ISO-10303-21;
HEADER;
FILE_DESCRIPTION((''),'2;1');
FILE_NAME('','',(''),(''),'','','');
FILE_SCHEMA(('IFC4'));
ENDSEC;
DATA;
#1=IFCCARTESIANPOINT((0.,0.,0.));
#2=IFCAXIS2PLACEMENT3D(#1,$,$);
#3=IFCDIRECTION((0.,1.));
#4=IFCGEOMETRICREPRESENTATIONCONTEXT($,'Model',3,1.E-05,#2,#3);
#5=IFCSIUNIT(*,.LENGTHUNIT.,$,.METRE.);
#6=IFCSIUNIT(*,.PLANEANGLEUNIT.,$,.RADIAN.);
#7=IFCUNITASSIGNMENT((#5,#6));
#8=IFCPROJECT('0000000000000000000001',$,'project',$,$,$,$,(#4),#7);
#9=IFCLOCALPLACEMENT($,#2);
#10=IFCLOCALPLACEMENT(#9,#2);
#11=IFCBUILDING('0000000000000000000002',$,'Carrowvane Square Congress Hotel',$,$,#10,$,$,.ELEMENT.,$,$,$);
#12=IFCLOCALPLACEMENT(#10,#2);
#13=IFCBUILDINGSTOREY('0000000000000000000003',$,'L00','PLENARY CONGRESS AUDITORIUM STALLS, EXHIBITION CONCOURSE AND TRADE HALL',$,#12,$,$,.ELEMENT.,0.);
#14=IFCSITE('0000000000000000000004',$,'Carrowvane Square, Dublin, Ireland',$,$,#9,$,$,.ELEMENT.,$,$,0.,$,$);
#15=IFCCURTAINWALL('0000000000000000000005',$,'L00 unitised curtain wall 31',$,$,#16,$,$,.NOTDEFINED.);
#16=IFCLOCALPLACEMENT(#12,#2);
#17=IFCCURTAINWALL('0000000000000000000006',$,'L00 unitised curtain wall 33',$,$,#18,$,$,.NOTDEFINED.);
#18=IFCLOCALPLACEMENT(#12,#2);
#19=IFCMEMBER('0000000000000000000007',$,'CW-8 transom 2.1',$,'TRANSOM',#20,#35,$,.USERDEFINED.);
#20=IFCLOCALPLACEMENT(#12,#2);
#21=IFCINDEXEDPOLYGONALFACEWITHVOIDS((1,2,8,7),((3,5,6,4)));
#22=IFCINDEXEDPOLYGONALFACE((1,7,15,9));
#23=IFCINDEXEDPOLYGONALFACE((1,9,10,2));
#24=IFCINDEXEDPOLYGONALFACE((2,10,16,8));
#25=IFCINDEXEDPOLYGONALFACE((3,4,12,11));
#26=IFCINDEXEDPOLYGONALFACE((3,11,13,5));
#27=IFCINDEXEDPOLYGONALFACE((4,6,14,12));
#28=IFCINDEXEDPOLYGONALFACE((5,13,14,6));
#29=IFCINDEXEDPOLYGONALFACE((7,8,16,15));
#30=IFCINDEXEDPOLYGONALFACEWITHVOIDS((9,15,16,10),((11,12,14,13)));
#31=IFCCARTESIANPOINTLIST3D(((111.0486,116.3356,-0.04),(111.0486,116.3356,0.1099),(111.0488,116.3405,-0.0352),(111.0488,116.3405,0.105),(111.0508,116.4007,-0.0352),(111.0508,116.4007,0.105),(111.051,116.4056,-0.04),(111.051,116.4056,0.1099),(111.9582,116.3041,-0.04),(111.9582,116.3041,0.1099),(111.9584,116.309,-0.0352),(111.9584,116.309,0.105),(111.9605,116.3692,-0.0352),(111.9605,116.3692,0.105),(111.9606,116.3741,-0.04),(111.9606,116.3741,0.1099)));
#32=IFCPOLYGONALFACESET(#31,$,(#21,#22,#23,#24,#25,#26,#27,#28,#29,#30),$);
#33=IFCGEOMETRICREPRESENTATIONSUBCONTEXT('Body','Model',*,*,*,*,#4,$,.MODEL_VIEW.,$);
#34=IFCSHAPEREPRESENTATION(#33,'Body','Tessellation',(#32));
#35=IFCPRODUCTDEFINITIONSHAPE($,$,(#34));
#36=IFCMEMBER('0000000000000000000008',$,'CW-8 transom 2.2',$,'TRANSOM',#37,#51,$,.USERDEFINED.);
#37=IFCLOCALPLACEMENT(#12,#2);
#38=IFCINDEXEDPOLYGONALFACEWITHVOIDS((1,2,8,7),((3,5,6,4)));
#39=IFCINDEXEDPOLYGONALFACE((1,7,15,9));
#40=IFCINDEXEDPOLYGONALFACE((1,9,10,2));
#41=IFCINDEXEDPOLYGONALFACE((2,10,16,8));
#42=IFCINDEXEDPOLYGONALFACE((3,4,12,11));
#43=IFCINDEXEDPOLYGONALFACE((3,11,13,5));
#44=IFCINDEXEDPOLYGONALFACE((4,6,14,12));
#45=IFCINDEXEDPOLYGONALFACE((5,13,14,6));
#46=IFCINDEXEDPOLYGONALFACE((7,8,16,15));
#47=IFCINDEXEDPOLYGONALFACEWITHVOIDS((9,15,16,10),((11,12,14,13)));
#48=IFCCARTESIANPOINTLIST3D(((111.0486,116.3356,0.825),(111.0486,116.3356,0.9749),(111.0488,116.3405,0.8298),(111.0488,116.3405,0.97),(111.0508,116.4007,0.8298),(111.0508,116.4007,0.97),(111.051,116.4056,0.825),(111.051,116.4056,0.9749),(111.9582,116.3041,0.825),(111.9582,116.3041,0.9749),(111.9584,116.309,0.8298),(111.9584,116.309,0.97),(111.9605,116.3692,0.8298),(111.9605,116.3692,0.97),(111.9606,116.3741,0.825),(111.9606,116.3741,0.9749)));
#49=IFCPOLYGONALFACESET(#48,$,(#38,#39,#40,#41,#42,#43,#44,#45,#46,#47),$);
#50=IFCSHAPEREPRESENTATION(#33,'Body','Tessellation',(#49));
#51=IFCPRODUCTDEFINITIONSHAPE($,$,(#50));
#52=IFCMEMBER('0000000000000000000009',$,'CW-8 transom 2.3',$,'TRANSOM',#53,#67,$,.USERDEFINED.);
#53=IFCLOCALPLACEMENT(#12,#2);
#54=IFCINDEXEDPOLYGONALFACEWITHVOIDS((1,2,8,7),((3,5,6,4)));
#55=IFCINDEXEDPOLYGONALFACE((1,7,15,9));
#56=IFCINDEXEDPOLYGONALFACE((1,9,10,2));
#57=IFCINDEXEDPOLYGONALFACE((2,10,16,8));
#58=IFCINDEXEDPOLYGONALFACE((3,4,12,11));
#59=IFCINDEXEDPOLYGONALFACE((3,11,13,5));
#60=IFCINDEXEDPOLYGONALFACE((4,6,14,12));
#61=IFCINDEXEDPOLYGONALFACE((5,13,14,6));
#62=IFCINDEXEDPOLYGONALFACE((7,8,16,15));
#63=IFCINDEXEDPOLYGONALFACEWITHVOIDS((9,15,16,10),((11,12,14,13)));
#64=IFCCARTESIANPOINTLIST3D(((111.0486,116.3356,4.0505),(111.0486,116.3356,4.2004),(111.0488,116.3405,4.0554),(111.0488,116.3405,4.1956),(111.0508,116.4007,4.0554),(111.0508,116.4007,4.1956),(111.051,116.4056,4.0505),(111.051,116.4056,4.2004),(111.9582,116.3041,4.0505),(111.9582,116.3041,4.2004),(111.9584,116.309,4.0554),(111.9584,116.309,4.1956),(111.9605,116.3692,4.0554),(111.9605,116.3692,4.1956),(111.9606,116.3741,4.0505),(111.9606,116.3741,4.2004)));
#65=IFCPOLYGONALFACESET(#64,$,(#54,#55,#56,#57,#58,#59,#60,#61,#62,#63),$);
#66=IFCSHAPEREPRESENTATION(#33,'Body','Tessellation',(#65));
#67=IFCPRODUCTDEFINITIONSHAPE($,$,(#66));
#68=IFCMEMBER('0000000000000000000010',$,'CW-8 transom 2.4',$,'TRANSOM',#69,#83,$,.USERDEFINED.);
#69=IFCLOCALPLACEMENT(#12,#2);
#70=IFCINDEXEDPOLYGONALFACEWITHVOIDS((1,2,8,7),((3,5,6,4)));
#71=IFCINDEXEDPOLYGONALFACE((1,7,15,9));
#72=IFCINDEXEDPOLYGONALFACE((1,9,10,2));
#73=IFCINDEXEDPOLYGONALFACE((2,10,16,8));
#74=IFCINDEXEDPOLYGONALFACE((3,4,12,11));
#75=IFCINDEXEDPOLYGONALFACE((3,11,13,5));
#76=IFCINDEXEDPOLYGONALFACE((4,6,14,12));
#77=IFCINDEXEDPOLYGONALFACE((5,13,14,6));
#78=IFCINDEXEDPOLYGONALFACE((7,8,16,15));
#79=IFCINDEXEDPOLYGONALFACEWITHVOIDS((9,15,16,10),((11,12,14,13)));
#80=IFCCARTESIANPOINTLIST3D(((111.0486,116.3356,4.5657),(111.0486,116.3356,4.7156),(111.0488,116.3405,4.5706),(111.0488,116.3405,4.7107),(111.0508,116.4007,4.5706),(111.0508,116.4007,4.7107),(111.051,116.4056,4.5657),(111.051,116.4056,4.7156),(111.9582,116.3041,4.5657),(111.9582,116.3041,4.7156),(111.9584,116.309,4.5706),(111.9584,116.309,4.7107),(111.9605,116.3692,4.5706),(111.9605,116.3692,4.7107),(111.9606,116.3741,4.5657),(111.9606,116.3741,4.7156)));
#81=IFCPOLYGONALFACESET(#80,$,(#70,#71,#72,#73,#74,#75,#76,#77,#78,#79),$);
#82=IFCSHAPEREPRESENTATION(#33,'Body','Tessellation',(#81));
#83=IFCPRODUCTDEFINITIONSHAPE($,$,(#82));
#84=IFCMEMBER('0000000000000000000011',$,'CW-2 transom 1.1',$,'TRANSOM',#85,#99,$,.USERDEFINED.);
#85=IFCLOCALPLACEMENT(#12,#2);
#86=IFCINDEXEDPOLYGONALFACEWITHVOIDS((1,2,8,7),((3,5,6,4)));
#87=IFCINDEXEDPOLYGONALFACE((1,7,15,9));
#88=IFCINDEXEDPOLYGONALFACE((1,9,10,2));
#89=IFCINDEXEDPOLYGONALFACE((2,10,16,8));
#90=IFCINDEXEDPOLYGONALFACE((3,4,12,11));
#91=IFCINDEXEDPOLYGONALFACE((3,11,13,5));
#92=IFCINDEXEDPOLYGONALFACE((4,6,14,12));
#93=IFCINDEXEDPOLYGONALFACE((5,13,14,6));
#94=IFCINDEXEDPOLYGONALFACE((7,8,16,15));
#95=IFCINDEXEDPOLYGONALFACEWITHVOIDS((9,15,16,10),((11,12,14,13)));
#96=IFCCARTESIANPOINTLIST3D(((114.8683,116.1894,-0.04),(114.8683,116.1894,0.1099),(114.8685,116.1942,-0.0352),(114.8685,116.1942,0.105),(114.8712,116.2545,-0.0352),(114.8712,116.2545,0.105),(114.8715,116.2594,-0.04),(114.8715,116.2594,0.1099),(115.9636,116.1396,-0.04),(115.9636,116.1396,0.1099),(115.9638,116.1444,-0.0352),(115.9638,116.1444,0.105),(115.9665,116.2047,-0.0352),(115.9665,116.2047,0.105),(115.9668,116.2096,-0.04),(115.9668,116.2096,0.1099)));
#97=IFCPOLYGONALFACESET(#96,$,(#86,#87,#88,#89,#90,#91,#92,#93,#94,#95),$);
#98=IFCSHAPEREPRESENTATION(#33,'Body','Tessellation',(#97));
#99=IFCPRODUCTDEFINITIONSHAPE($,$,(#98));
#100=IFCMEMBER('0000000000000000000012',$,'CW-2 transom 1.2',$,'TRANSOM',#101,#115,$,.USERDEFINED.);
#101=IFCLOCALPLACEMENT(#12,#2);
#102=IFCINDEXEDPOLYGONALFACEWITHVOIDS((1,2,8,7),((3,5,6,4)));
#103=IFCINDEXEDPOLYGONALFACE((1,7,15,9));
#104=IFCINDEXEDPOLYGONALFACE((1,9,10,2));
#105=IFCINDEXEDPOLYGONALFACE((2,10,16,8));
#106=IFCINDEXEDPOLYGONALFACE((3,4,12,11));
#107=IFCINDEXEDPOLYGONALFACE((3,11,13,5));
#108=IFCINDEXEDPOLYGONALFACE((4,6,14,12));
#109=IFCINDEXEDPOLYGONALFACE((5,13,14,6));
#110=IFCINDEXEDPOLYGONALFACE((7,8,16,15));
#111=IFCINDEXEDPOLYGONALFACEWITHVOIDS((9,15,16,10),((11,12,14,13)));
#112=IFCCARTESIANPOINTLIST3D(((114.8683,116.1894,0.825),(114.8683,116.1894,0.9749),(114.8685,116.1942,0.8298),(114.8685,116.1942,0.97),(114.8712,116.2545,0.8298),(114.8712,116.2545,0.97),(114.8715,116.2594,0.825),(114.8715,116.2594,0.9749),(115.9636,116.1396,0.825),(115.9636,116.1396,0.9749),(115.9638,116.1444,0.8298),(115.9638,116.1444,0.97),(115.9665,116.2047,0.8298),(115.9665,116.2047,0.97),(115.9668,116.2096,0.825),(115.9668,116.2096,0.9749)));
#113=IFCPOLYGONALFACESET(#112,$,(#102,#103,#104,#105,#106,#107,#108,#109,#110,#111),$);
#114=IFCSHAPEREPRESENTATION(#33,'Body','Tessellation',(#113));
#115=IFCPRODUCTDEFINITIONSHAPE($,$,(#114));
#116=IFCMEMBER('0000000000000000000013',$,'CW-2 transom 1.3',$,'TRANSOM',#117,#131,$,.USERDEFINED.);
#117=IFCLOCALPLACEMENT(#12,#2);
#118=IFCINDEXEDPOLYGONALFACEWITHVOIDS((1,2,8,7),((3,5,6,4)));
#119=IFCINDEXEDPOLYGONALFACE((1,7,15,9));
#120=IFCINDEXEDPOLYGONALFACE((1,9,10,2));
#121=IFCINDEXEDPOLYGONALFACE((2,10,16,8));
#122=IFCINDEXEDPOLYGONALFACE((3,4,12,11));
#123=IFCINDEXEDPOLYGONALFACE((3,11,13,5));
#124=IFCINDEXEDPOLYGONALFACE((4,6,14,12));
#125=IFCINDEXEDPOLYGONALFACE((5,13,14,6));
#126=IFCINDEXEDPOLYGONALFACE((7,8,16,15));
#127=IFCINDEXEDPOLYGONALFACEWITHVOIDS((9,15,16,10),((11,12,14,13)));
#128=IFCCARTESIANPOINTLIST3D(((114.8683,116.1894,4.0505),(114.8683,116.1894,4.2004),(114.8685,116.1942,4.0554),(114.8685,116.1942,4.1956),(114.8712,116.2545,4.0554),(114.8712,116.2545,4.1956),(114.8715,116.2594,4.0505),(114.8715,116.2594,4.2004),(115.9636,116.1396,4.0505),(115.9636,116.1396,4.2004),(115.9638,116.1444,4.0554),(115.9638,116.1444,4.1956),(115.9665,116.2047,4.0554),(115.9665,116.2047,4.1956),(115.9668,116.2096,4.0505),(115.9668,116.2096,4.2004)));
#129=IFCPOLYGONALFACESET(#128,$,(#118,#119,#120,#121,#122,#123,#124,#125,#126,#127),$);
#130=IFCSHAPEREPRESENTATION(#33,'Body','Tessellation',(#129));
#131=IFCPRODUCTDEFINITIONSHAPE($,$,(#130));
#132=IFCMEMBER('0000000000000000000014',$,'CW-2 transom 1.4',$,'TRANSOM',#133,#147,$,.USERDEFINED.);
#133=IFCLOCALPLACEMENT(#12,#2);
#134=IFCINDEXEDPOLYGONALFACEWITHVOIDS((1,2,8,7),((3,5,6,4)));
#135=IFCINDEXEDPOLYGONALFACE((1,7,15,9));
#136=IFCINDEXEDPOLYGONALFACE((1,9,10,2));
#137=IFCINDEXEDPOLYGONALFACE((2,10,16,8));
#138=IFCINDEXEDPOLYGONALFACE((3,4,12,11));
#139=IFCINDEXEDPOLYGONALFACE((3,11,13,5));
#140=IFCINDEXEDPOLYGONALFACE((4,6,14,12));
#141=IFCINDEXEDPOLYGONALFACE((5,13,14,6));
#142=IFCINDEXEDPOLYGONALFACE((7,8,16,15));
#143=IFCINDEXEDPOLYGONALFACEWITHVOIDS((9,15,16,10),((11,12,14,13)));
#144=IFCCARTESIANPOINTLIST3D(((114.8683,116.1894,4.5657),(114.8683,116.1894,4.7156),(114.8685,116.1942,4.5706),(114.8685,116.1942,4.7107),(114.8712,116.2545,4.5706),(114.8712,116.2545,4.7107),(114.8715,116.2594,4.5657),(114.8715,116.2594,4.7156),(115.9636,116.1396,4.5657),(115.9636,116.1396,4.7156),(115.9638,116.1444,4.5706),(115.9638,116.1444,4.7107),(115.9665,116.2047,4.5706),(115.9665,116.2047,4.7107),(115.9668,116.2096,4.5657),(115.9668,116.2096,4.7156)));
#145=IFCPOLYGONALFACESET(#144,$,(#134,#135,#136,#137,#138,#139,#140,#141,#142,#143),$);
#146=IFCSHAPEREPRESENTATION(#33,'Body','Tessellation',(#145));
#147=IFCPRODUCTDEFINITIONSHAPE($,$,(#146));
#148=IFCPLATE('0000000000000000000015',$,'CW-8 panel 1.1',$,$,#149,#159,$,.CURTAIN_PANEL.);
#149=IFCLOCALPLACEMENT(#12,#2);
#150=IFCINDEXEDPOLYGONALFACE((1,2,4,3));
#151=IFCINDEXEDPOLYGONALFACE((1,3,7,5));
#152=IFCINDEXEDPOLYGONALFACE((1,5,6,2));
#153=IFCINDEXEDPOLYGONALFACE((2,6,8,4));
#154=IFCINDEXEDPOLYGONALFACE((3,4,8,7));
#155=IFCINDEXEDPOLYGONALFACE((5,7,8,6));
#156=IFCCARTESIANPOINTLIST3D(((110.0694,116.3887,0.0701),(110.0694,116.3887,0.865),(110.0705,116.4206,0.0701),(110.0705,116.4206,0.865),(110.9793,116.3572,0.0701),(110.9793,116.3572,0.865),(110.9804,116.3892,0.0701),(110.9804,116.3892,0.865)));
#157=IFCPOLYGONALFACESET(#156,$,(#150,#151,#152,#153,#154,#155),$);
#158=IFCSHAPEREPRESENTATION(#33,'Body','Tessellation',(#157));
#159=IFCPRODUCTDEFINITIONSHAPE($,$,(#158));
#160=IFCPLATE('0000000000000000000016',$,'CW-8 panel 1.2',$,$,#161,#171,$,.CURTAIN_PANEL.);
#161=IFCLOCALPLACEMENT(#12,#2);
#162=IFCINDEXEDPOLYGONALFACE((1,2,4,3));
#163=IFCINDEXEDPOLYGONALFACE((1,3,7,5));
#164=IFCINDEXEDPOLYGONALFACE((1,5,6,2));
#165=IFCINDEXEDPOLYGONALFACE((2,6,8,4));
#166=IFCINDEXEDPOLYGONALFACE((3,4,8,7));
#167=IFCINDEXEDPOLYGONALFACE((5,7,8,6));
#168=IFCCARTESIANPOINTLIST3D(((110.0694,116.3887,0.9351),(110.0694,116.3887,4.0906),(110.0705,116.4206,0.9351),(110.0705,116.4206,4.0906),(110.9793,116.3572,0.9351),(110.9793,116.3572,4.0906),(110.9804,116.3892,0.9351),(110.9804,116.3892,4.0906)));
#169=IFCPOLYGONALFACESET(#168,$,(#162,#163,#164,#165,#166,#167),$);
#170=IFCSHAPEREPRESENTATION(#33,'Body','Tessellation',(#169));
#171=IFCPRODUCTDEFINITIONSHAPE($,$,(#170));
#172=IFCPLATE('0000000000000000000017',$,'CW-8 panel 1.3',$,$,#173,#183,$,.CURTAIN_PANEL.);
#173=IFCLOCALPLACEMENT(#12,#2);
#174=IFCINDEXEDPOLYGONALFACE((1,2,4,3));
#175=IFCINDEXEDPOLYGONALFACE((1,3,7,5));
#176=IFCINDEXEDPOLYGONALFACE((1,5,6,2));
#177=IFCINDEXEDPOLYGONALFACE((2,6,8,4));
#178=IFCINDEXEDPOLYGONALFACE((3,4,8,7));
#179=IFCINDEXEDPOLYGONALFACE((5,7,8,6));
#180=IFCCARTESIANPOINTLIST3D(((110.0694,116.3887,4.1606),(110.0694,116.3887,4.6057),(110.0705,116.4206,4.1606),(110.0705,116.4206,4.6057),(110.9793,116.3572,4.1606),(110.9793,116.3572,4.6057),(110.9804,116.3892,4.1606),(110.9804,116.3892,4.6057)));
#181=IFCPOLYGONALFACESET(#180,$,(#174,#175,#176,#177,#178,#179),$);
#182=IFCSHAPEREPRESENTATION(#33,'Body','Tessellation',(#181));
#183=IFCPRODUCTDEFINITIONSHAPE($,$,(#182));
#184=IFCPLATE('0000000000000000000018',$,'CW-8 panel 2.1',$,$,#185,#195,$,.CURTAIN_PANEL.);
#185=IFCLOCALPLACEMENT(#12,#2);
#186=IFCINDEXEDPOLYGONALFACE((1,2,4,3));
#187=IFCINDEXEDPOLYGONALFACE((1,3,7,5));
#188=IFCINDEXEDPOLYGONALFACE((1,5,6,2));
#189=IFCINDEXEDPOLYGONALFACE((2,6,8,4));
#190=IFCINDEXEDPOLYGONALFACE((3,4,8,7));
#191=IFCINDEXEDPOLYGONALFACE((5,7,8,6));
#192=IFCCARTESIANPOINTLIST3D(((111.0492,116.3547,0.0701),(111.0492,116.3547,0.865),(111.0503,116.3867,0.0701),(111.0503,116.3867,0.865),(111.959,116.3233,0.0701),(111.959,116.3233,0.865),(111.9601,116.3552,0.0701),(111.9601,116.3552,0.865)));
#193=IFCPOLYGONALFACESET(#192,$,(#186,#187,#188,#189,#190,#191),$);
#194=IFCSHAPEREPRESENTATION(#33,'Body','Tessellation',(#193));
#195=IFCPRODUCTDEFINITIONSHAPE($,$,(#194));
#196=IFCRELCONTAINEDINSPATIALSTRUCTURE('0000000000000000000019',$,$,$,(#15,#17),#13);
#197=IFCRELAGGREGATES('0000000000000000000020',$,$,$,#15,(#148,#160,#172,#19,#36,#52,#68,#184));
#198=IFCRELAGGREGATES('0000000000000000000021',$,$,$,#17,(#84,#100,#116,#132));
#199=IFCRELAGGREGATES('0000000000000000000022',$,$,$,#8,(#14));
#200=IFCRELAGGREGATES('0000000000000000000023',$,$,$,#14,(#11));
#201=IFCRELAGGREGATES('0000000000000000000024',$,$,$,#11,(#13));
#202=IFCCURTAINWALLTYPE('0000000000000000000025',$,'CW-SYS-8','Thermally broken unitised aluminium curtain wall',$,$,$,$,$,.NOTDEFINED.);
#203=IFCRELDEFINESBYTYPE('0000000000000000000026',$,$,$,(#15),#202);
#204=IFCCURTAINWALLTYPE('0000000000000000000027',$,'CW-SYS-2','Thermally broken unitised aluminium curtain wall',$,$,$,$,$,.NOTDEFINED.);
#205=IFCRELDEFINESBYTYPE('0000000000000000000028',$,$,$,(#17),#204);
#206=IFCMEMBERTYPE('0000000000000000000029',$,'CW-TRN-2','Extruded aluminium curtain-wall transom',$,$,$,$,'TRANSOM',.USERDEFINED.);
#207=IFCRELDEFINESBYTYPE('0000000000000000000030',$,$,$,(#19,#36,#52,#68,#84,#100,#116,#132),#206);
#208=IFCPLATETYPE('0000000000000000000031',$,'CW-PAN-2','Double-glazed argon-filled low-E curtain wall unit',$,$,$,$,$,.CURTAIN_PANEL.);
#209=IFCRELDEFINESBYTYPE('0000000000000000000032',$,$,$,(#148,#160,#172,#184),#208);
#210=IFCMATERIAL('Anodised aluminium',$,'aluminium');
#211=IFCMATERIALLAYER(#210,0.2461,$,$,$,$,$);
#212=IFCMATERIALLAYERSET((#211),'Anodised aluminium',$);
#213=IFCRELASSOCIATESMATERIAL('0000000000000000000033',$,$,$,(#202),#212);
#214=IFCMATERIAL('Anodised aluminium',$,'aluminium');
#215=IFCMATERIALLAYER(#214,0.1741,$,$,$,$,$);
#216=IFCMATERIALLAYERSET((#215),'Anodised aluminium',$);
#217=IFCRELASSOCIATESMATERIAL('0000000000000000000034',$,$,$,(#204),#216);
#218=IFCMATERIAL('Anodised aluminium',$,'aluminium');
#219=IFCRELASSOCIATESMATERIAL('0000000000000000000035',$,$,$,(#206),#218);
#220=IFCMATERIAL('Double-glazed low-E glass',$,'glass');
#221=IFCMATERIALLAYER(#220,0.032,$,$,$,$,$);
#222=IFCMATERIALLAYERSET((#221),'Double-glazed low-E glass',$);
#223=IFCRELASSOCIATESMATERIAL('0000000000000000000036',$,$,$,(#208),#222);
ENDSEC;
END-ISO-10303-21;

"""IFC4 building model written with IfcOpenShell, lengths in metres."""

from ifc_helpers import new_model, si_unit, direction, frame, origin, origin_2d, place, context, subcontext, project, spatial, rectangle, hollow_rectangle, extrude, material, layer, layer_set, material_profile, profile_set, type_object, element, aggregate, save


model = new_model("IFC4")

# Units and contexts
model_context = context("Model", 3, precision=1e-05, world=origin(), true_north=direction((0.0, 1.0)))
body_context = subcontext(model_context, "Body", "Model", "MODEL_VIEW")
ifc_project = project(units=[si_unit("LENGTHUNIT", "METRE"), si_unit("PLANEANGLEUNIT", "RADIAN")], contexts=[model_context])

# Site, building, storey
site_placement = place(None, origin())
site = spatial("IfcSite", under=ifc_project, at=site_placement, Name="Carrowvane Square, Dublin, Ireland", CompositionType="ELEMENT", RefElevation=0.0)
building_placement = place(site_placement, origin())
building = spatial("IfcBuilding", under=site, at=building_placement, Name="Carrowvane Square Congress Hotel", CompositionType="ELEMENT")
storey_placement = place(building_placement, origin())
storey = spatial("IfcBuildingStorey", under=building, at=storey_placement, Name="L00", Description="PLENARY CONGRESS AUDITORIUM STALLS, EXHIBITION CONCOURSE AND TRADE HALL", CompositionType="ELEMENT", Elevation=0.0)

# Curtain walls
ifc_material_1 = material(Name="Anodised aluminium", Category="aluminium")
ifc_layer_1 = layer(ifc_material_1, 0.2461)
ifc_layer_set_1 = layer_set([ifc_layer_1], Name="Anodised aluminium")
curtain_wall_type_1 = type_object("IfcCurtainWallType", Name="CW-SYS-8", Description="Thermally broken unitised aluminium curtain wall", PredefinedType="NOTDEFINED", material=ifc_layer_set_1)
curtain_wall_1_placement = place(storey_placement, origin())
curtain_wall_1 = element("IfcCurtainWall", 1, at=curtain_wall_1_placement, inside=storey, type_object=curtain_wall_type_1, Name="L00 unitised curtain wall 31", PredefinedType="NOTDEFINED")
ifc_material_2 = material(Name="Anodised aluminium", Category="aluminium")
ifc_layer_2 = layer(ifc_material_2, 0.1741)
ifc_layer_set_2 = layer_set([ifc_layer_2], Name="Anodised aluminium")
curtain_wall_type_2 = type_object("IfcCurtainWallType", Name="CW-SYS-2", Description="Thermally broken unitised aluminium curtain wall", PredefinedType="NOTDEFINED", material=ifc_layer_set_2)
curtain_wall_2_placement = place(storey_placement, origin())
curtain_wall_2 = element("IfcCurtainWall", 2, at=curtain_wall_2_placement, inside=storey, type_object=curtain_wall_type_2, Name="L00 unitised curtain wall 33", PredefinedType="NOTDEFINED")

# Members
ifc_material_3 = material(Name="Anodised aluminium", Category="aluminium")
ifc_material_profile_1 = material_profile(ifc_material_3, hollow_rectangle(XDim=0.0701, YDim=0.1499, WallThickness=0.0049, at=origin_2d()), Name="CW-TR 70x150x5")
ifc_profile_set_1 = profile_set([ifc_material_profile_1], Name="Anodised aluminium")
member_type_1 = type_object("IfcMemberType", Name="CW-TRN-2", Description="Extruded aluminium curtain-wall transom", ElementType="TRANSOM", PredefinedType="USERDEFINED", material=ifc_profile_set_1)
member_1_placement = place(storey_placement, frame((111.0498, 116.3706, 0.0349), z_axis=(0.999401, -0.034601, 0.0), x_axis=(0.034601, 0.999401, 0.0)))
member_1 = element("IfcMember", 3, at=member_1_placement, type_object=member_type_1, Name="CW-8 transom 2.1", ObjectType="TRANSOM", PredefinedType="USERDEFINED", context=body_context, shape_type="SweptSolid", body=[
    extrude(hollow_rectangle(XDim=0.0701, YDim=0.1499, WallThickness=0.0049, at=origin_2d()), origin(), (0.0, 0.0, 1.0), 0.9102),
])
member_2_placement = place(storey_placement, frame((111.0498, 116.3706, 0.8999), z_axis=(0.999401, -0.034601, 0.0), x_axis=(0.034601, 0.999401, 0.0)))
member_2 = element("IfcMember", 4, at=member_2_placement, type_object=member_type_1, Name="CW-8 transom 2.2", ObjectType="TRANSOM", PredefinedType="USERDEFINED", context=body_context, shape_type="SweptSolid", body=[
    extrude(hollow_rectangle(XDim=0.0701, YDim=0.1499, WallThickness=0.0049, at=origin_2d()), origin(), (0.0, 0.0, 1.0), 0.9102),
])
member_3_placement = place(storey_placement, frame((111.0498, 116.3706, 4.1255), z_axis=(0.999401, -0.034601, 0.0), x_axis=(0.034601, 0.999401, 0.0)))
member_3 = element("IfcMember", 5, at=member_3_placement, type_object=member_type_1, Name="CW-8 transom 2.3", ObjectType="TRANSOM", PredefinedType="USERDEFINED", context=body_context, shape_type="SweptSolid", body=[
    extrude(hollow_rectangle(XDim=0.0701, YDim=0.1499, WallThickness=0.0049, at=origin_2d()), origin(), (0.0, 0.0, 1.0), 0.9102),
])
member_4_placement = place(storey_placement, frame((111.0498, 116.3706, 4.6406), z_axis=(0.999401, -0.034601, 0.0), x_axis=(0.034601, 0.999401, 0.0)))
member_4 = element("IfcMember", 6, at=member_4_placement, type_object=member_type_1, Name="CW-8 transom 2.4", ObjectType="TRANSOM", PredefinedType="USERDEFINED", context=body_context, shape_type="SweptSolid", body=[
    extrude(hollow_rectangle(XDim=0.0701, YDim=0.1499, WallThickness=0.0049, at=origin_2d()), origin(), (0.0, 0.0, 1.0), 0.9102),
])
member_5_placement = place(storey_placement, frame((114.8699, 116.2244, 0.0349), z_axis=(0.998968, -0.045428, 0.0), x_axis=(0.045428, 0.998968, 0.0)))
member_5 = element("IfcMember", 7, at=member_5_placement, type_object=member_type_1, Name="CW-2 transom 1.1", ObjectType="TRANSOM", PredefinedType="USERDEFINED", context=body_context, shape_type="SweptSolid", body=[
    extrude(hollow_rectangle(XDim=0.0701, YDim=0.1499, WallThickness=0.0049, at=origin_2d()), origin(), (0.0, 0.0, 1.0), 1.0964),
])
member_6_placement = place(storey_placement, frame((114.8699, 116.2244, 0.8999), z_axis=(0.998968, -0.045428, 0.0), x_axis=(0.045428, 0.998968, 0.0)))
member_6 = element("IfcMember", 8, at=member_6_placement, type_object=member_type_1, Name="CW-2 transom 1.2", ObjectType="TRANSOM", PredefinedType="USERDEFINED", context=body_context, shape_type="SweptSolid", body=[
    extrude(hollow_rectangle(XDim=0.0701, YDim=0.1499, WallThickness=0.0049, at=origin_2d()), origin(), (0.0, 0.0, 1.0), 1.0964),
])
member_7_placement = place(storey_placement, frame((114.8699, 116.2244, 4.1255), z_axis=(0.998968, -0.045428, 0.0), x_axis=(0.045428, 0.998968, 0.0)))
member_7 = element("IfcMember", 9, at=member_7_placement, type_object=member_type_1, Name="CW-2 transom 1.3", ObjectType="TRANSOM", PredefinedType="USERDEFINED", context=body_context, shape_type="SweptSolid", body=[
    extrude(hollow_rectangle(XDim=0.0701, YDim=0.1499, WallThickness=0.0049, at=origin_2d()), origin(), (0.0, 0.0, 1.0), 1.0964),
])
member_8_placement = place(storey_placement, frame((114.8699, 116.2244, 4.6406), z_axis=(0.998968, -0.045428, 0.0), x_axis=(0.045428, 0.998968, 0.0)))
member_8 = element("IfcMember", 10, at=member_8_placement, type_object=member_type_1, Name="CW-2 transom 1.4", ObjectType="TRANSOM", PredefinedType="USERDEFINED", context=body_context, shape_type="SweptSolid", body=[
    extrude(hollow_rectangle(XDim=0.0701, YDim=0.1499, WallThickness=0.0049, at=origin_2d()), origin(), (0.0, 0.0, 1.0), 1.0964),
])

# Plates
ifc_material_4 = material(Name="Double-glazed low-E glass", Category="glass")
ifc_layer_3 = layer(ifc_material_4, 0.032)
ifc_layer_set_3 = layer_set([ifc_layer_3], Name="Double-glazed low-E glass")
plate_type_1 = type_object("IfcPlateType", Name="CW-PAN-2", Description="Double-glazed argon-filled low-E curtain wall unit", PredefinedType="CURTAIN_PANEL", material=ifc_layer_set_3)
plate_1_placement = place(storey_placement, frame((110.5249, 116.3889, 0.0701), z_axis=(0.0, 0.0, 1.0), x_axis=(0.999404, -0.03453, 0.0)))
plate_1 = element("IfcPlate", 11, at=plate_1_placement, type_object=plate_type_1, Name="CW-8 panel 1.1", PredefinedType="CURTAIN_PANEL", context=body_context, shape_type="SweptSolid", body=[
    extrude(rectangle(XDim=0.9104, YDim=0.032, at=origin_2d()), origin(), (0.0, 0.0, 1.0), 0.7949),
])
plate_2_placement = place(storey_placement, frame((110.5249, 116.3889, 0.9351), z_axis=(0.0, 0.0, 1.0), x_axis=(0.999404, -0.03453, 0.0)))
plate_2 = element("IfcPlate", 12, at=plate_2_placement, type_object=plate_type_1, Name="CW-8 panel 1.2", PredefinedType="CURTAIN_PANEL", context=body_context, shape_type="SweptSolid", body=[
    extrude(rectangle(XDim=0.9104, YDim=0.032, at=origin_2d()), origin(), (0.0, 0.0, 1.0), 3.1555),
])
plate_3_placement = place(storey_placement, frame((110.5249, 116.3889, 4.1606), z_axis=(0.0, 0.0, 1.0), x_axis=(0.999404, -0.03453, 0.0)))
plate_3 = element("IfcPlate", 13, at=plate_3_placement, type_object=plate_type_1, Name="CW-8 panel 1.3", PredefinedType="CURTAIN_PANEL", context=body_context, shape_type="SweptSolid", body=[
    extrude(rectangle(XDim=0.9104, YDim=0.032, at=origin_2d()), origin(), (0.0, 0.0, 1.0), 0.4451),
])
plate_4_placement = place(storey_placement, frame((111.5046, 116.355, 0.0701), z_axis=(0.0, 0.0, 1.0), x_axis=(0.999404, -0.03453, 0.0)))
plate_4 = element("IfcPlate", 14, at=plate_4_placement, type_object=plate_type_1, Name="CW-8 panel 2.1", PredefinedType="CURTAIN_PANEL", context=body_context, shape_type="SweptSolid", body=[
    extrude(rectangle(XDim=0.9104, YDim=0.032, at=origin_2d()), origin(), (0.0, 0.0, 1.0), 0.7949),
])
aggregate(curtain_wall_1, [plate_1, plate_2, plate_3, member_1, member_2, member_3, member_4, plate_4])
aggregate(curtain_wall_2, [member_5, member_6, member_7, member_8])

save(model, "model.ifc")
